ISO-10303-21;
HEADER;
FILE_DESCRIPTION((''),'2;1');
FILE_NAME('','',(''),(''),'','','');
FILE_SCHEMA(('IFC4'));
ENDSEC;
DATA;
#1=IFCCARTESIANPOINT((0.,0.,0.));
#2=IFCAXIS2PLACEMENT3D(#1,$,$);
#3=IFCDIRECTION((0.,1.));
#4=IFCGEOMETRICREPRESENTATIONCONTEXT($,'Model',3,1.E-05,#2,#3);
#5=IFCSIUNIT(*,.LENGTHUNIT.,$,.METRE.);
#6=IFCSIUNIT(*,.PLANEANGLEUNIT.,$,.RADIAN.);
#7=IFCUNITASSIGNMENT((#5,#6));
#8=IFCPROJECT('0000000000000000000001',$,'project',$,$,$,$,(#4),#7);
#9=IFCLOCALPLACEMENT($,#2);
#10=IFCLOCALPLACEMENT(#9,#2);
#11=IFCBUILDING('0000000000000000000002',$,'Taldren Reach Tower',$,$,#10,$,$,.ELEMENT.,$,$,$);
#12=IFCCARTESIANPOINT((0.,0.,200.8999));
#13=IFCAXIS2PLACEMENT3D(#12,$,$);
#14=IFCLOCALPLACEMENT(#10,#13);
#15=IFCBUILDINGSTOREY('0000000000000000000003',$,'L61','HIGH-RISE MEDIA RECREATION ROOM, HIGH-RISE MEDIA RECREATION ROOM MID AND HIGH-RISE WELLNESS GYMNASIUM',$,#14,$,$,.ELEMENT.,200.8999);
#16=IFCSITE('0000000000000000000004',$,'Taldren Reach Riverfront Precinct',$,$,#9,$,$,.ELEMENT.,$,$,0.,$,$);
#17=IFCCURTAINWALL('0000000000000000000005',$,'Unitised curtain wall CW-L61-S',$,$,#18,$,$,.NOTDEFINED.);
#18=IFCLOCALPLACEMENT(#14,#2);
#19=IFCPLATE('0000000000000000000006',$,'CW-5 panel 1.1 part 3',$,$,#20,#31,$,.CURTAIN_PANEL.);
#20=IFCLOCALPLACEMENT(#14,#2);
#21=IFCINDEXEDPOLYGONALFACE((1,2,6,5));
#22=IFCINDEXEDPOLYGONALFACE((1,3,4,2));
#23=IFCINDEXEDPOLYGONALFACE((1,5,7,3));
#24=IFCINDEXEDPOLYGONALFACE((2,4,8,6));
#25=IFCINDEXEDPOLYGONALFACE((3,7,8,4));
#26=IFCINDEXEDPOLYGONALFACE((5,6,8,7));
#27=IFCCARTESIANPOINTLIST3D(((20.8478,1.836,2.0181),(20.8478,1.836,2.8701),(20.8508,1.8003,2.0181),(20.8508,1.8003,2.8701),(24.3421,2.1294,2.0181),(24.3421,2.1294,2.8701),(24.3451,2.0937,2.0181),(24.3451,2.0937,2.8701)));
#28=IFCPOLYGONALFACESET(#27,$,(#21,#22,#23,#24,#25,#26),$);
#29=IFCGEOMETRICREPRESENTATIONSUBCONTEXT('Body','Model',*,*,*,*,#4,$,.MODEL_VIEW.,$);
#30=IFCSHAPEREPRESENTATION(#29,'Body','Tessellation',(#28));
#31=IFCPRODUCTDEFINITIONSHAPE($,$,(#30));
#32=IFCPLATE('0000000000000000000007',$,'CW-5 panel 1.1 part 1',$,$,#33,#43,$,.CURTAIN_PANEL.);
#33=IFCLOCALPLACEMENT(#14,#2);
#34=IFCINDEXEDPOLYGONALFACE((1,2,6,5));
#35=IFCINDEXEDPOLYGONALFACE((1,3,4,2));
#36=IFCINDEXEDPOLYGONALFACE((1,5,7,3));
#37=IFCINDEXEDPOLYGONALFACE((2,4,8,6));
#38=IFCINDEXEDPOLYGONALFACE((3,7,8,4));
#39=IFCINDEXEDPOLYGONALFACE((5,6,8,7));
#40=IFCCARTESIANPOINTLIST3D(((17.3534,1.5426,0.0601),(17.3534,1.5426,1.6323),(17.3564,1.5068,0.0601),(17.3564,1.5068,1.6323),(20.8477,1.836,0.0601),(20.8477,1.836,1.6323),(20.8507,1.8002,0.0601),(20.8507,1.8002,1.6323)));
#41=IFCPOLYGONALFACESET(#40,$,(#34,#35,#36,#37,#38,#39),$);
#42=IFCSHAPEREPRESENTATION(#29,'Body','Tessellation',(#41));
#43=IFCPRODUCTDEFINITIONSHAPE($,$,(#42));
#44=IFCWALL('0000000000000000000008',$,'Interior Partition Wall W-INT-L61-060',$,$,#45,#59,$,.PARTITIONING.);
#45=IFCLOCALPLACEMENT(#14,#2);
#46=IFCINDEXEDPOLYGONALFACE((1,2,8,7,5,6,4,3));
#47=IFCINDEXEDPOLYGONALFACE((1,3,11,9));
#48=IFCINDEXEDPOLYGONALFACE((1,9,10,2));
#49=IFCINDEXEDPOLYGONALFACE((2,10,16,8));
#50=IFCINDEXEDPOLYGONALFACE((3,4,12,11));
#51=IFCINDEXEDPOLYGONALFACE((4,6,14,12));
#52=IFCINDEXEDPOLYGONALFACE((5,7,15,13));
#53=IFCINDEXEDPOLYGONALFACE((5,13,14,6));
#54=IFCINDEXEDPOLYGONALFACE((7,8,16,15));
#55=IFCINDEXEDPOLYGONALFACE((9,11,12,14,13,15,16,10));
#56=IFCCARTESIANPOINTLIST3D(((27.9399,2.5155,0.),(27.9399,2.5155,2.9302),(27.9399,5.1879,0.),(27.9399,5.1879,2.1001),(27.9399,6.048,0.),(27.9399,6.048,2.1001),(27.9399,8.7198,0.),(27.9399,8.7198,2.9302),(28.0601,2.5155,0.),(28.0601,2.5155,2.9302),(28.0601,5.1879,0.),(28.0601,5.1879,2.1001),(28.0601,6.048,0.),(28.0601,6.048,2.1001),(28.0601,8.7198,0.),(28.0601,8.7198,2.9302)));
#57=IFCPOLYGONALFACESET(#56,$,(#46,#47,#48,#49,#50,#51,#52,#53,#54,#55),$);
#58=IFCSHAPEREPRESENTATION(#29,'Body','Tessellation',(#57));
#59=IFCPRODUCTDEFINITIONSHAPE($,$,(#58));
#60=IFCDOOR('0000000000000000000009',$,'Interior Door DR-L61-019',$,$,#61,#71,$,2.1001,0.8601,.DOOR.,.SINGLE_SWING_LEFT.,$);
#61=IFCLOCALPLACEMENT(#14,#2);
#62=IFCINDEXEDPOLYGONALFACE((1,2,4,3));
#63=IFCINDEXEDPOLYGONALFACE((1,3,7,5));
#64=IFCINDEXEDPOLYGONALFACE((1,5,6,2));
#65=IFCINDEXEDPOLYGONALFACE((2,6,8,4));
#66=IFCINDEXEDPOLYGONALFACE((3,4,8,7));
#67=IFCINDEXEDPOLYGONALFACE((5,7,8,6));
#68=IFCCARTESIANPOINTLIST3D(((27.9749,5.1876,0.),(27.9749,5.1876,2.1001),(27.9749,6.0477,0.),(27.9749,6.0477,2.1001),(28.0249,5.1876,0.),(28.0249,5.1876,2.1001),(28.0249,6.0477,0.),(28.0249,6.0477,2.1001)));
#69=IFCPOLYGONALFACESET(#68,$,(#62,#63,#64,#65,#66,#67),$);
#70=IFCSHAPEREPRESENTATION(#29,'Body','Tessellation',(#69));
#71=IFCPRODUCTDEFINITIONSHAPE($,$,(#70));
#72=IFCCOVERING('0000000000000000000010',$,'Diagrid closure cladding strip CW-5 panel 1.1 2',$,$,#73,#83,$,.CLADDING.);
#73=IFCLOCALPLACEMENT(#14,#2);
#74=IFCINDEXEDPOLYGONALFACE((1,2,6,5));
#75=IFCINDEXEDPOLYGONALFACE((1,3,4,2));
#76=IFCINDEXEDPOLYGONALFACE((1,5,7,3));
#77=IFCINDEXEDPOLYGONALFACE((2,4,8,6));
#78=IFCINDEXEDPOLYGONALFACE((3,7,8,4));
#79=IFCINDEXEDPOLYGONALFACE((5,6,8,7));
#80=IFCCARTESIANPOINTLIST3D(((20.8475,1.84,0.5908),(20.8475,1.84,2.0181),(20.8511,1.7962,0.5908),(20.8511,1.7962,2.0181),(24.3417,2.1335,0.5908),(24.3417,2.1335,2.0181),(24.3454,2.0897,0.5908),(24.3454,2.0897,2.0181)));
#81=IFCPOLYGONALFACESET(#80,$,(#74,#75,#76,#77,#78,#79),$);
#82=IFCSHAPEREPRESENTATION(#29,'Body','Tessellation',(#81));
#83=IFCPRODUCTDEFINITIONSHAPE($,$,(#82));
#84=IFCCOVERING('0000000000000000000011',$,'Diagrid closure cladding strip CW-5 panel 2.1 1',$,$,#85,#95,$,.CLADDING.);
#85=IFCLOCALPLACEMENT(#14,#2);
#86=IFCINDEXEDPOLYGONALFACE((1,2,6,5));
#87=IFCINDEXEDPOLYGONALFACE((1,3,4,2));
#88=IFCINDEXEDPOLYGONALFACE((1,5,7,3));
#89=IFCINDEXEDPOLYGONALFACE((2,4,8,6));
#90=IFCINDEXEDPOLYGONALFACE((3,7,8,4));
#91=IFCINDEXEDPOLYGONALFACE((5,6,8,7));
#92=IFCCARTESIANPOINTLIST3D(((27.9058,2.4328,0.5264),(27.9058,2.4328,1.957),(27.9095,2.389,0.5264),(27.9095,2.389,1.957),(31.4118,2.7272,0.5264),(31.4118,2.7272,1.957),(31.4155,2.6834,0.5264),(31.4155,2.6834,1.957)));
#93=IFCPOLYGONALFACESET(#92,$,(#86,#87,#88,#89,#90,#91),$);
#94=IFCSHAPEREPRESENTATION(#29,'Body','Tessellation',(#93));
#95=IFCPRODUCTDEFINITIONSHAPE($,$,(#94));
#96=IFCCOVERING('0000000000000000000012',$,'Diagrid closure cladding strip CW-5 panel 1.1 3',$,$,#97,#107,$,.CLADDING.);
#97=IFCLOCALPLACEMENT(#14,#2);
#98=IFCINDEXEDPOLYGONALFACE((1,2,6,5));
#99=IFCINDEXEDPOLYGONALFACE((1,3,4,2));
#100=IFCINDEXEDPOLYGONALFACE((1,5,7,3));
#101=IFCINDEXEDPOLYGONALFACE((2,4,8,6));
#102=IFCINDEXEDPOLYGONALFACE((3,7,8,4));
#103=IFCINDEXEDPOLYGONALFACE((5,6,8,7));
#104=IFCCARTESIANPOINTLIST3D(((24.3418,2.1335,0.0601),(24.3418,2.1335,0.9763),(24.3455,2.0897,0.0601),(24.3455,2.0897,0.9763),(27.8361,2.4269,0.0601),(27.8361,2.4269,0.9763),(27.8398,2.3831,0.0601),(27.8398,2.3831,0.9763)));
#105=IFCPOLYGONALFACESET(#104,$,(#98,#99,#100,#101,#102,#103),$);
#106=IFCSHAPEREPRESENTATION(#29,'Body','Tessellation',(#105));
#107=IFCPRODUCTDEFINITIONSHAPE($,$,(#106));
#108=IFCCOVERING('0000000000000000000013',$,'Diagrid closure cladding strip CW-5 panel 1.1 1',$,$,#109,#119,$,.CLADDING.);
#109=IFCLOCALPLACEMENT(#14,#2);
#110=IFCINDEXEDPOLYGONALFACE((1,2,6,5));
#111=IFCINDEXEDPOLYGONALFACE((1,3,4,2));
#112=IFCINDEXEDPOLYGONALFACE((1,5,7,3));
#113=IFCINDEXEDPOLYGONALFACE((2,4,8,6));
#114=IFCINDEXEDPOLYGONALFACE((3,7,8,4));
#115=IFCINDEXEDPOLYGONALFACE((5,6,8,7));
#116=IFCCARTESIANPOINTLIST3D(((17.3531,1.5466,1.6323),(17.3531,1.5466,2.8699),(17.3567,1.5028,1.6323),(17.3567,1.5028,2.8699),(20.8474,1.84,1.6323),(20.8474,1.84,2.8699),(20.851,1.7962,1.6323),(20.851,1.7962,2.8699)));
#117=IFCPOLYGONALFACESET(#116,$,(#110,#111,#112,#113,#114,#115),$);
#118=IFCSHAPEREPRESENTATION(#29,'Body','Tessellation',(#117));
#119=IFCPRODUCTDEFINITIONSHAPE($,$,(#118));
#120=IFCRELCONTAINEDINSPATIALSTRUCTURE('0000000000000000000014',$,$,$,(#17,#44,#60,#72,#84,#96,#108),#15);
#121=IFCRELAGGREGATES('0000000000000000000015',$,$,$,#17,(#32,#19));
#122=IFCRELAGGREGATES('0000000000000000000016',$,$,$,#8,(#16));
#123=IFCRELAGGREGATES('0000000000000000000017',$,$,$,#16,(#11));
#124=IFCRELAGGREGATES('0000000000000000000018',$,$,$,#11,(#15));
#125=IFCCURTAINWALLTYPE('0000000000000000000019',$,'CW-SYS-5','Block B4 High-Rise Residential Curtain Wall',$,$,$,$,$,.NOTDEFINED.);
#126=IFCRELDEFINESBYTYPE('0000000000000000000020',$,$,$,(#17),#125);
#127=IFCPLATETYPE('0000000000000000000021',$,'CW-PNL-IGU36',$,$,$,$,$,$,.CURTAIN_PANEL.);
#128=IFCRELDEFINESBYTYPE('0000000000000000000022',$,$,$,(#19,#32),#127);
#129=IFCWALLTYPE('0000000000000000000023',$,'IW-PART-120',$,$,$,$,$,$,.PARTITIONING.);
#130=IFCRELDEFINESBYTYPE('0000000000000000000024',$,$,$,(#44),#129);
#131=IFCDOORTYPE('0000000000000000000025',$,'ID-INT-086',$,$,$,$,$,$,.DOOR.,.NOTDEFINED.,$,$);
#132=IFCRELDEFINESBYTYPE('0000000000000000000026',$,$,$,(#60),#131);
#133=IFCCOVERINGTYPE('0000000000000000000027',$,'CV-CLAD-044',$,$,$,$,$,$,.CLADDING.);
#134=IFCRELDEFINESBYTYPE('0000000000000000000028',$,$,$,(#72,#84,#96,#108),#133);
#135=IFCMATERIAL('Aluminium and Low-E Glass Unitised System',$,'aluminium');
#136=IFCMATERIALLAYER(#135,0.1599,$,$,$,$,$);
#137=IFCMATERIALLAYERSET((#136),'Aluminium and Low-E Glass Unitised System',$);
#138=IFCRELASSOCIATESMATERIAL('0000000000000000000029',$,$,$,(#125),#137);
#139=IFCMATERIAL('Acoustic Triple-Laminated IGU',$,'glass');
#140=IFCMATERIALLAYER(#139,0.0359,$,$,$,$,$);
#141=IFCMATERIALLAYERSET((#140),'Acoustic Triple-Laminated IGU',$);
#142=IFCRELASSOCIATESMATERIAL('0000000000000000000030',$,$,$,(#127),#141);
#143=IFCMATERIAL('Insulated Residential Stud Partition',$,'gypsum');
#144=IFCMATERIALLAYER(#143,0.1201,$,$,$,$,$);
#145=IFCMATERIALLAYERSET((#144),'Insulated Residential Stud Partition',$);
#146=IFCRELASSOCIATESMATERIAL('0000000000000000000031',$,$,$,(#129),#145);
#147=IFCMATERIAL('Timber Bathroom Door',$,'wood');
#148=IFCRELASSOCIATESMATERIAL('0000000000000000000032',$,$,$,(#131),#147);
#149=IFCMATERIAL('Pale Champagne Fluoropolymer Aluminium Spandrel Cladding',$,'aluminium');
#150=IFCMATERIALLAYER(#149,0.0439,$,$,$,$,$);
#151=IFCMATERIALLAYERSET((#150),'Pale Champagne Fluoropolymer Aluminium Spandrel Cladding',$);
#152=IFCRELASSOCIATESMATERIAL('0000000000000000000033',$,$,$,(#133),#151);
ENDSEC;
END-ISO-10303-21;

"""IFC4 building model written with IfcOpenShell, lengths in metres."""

from ifc_helpers import new_model, si_unit, direction, frame, frame_2d, origin, origin_2d, place, context, subcontext, project, spatial, rectangle, extrude, source, transform, mapped, material, layer, layer_set, type_object, element, fill, aggregate, save


model = new_model("IFC4")

# Units and contexts
model_context = context("Model", 3, precision=1e-05, world=origin(), true_north=direction((0.0, 1.0)))
body_context = subcontext(model_context, "Body", "Model", "MODEL_VIEW")
ifc_project = project(units=[si_unit("LENGTHUNIT", "METRE"), si_unit("PLANEANGLEUNIT", "RADIAN")], contexts=[model_context])

# Site, building, storey
site_placement = place(None, origin())
site = spatial("IfcSite", under=ifc_project, at=site_placement, Name="Taldren Reach Riverfront Precinct", CompositionType="ELEMENT", RefElevation=0.0)
building_placement = place(site_placement, origin())
building = spatial("IfcBuilding", under=site, at=building_placement, Name="Taldren Reach Tower", CompositionType="ELEMENT")
storey_placement = place(building_placement, frame((0.0, 0.0, 200.8999)))
storey = spatial("IfcBuildingStorey", under=building, at=storey_placement, Name="L61", Description="HIGH-RISE MEDIA RECREATION ROOM, HIGH-RISE MEDIA RECREATION ROOM MID AND HIGH-RISE WELLNESS GYMNASIUM", CompositionType="ELEMENT", Elevation=200.8999)

# Curtain wall
ifc_material_1 = material(Name="Aluminium and Low-E Glass Unitised System", Category="aluminium")
ifc_layer_1 = layer(ifc_material_1, 0.1599)
ifc_layer_set_1 = layer_set([ifc_layer_1], Name="Aluminium and Low-E Glass Unitised System")
curtain_wall_type = type_object("IfcCurtainWallType", Name="CW-SYS-5", Description="Block B4 High-Rise Residential Curtain Wall", PredefinedType="NOTDEFINED", material=ifc_layer_set_1)
curtain_wall_placement = place(storey_placement, origin())
curtain_wall = element("IfcCurtainWall", 1, at=curtain_wall_placement, inside=storey, type_object=curtain_wall_type, Name="Unitised curtain wall CW-L61-S", PredefinedType="NOTDEFINED")

# Plates
ifc_material_2 = material(Name="Acoustic Triple-Laminated IGU", Category="glass")
ifc_layer_2 = layer(ifc_material_2, 0.0359)
ifc_layer_set_2 = layer_set([ifc_layer_2], Name="Acoustic Triple-Laminated IGU")
plate_type_1 = type_object("IfcPlateType", Name="CW-PNL-IGU36", PredefinedType="CURTAIN_PANEL", material=ifc_layer_set_2)
shared_shape_1 = source(origin(), body_context, "Body", "SweptSolid", [
    extrude(rectangle(XDim=3.5066, YDim=0.0359, at=origin_2d()), origin(), (0.0, 0.0, 1.0), 0.8521),
])
plate_1_placement = place(storey_placement, frame((22.5964, 1.9648, 2.0181), z_axis=(0.0, 0.0, 1.0), x_axis=(0.996493, 0.083678, 0.0)))
plate_1 = element("IfcPlate", 2, at=plate_1_placement, type_object=plate_type_1, Name="CW-5 panel 1.1 part 3", PredefinedType="CURTAIN_PANEL", context=body_context, shape_type="MappedRepresentation", body=[
    mapped(shared_shape_1, transform((0.0, 0.0, 0.0), scale=1.0)),
])
shared_shape_2 = source(origin(), body_context, "Body", "SweptSolid", [
    extrude(rectangle(XDim=3.5066, YDim=0.0359, at=origin_2d()), origin(), (0.0, 0.0, 1.0), 1.5723),
])
plate_2_placement = place(storey_placement, frame((19.1021, 1.6714, 0.0601), z_axis=(0.0, 0.0, 1.0), x_axis=(0.996493, 0.083678, 0.0)))
plate_2 = element("IfcPlate", 3, at=plate_2_placement, type_object=plate_type_1, Name="CW-5 panel 1.1 part 1", PredefinedType="CURTAIN_PANEL", context=body_context, shape_type="MappedRepresentation", body=[
    mapped(shared_shape_2, transform((0.0, 0.0, 0.0), scale=1.0)),
])
aggregate(curtain_wall, [plate_2, plate_1])

# Wall, opening, door
ifc_material_3 = material(Name="Insulated Residential Stud Partition", Category="gypsum")
ifc_layer_3 = layer(ifc_material_3, 0.1201)
ifc_layer_set_3 = layer_set([ifc_layer_3], Name="Insulated Residential Stud Partition")
wall_type = type_object("IfcWallType", Name="IW-PART-120", PredefinedType="PARTITIONING", material=ifc_layer_set_3)
shared_shape_3 = source(origin(), body_context, "Body", "SweptSolid", [
    extrude(rectangle(XDim=6.2043, YDim=0.1201, at=frame_2d((3.1021, 0.0))), origin(), (0.0, 0.0, 1.0), 2.9302),
])
wall_placement = place(storey_placement, frame((28.0, 2.5156, 0.0), z_axis=(0.0, 0.0, 1.0), x_axis=(0.0, 1.0, 0.0)))
wall = element("IfcWall", 4, at=wall_placement, inside=storey, type_object=wall_type, Name="Interior Partition Wall W-INT-L61-060", PredefinedType="PARTITIONING", context=body_context, shape_type="MappedRepresentation", body=[
    mapped(shared_shape_3, transform((0.0, 0.0, 0.0), scale=1.0)),
])
shared_shape_4 = source(origin(), body_context, "Body", "SweptSolid", [
    extrude(rectangle(XDim=0.8601, YDim=2.1001, at=frame_2d((0.4302, 1.05))), frame((0.0, 0.0701, 0.0), z_axis=(0.0, -1.0, 0.0), x_axis=(1.0, 0.0, 0.0)), (0.0, 0.0, 1.0), 0.1401),
])
opening_placement = place(wall_placement, frame((2.6721, 0.0, 0.0)))
opening = element("IfcOpeningElement", 5, at=opening_placement, cuts=wall, PredefinedType="OPENING", context=body_context, shape_type="MappedRepresentation", body=[
    mapped(shared_shape_4, transform((0.0, 0.0, 0.0), scale=1.0)),
])
ifc_material_4 = material(Name="Timber Bathroom Door", Category="wood")
door_type = type_object("IfcDoorType", Name="ID-INT-086", OperationType="NOTDEFINED", PredefinedType="DOOR", material=ifc_material_4)
shared_shape_5 = source(origin(), body_context, "Body", "SweptSolid", [
    extrude(rectangle(XDim=0.8601, YDim=2.1001, at=frame_2d((0.4302, 1.05))), frame((0.0, 0.0249, 0.0), z_axis=(0.0, -1.0, 0.0), x_axis=(1.0, 0.0, 0.0)), (0.0, 0.0, 1.0), 0.05),
])
door_placement = place(opening_placement, frame((0.8601, 0.0, 0.0), z_axis=(0.0, 0.0, 1.0), x_axis=(-1.0, 0.0, 0.0)))
door = element("IfcDoor", 6, at=door_placement, inside=storey, type_object=door_type, Name="Interior Door DR-L61-019", OperationType="SINGLE_SWING_LEFT", OverallHeight=2.1001, OverallWidth=0.8601, PredefinedType="DOOR", context=body_context, shape_type="MappedRepresentation", body=[
    mapped(shared_shape_5, transform((0.0, 0.0, 0.0), scale=1.0)),
])
fill(opening, door)

# Coverings
ifc_material_5 = material(Name="Pale Champagne Fluoropolymer Aluminium Spandrel Cladding", Category="aluminium")
ifc_layer_4 = layer(ifc_material_5, 0.0439)
ifc_layer_set_4 = layer_set([ifc_layer_4], Name="Pale Champagne Fluoropolymer Aluminium Spandrel Cladding")
covering_type = type_object("IfcCoveringType", Name="CV-CLAD-044", PredefinedType="CLADDING", material=ifc_layer_set_4)
shared_shape_6 = source(origin(), body_context, "Body", "SweptSolid", [
    extrude(rectangle(XDim=3.5066, YDim=0.0439, at=origin_2d()), origin(), (0.0, 0.0, 1.0), 1.4272),
])
covering_1_placement = place(storey_placement, frame((22.5964, 1.9648, 0.5908), z_axis=(0.0, 0.0, 1.0), x_axis=(0.996493, 0.083678, 0.0)))
element("IfcCovering", 7, at=covering_1_placement, inside=storey, type_object=covering_type, Name="Diagrid closure cladding strip CW-5 panel 1.1 2", PredefinedType="CLADDING", context=body_context, shape_type="MappedRepresentation", body=[
    mapped(shared_shape_6, transform((0.0, 0.0, 0.0), scale=1.0)),
])
shared_shape_7 = source(origin(), body_context, "Body", "SweptSolid", [
    extrude(rectangle(XDim=3.5183, YDim=0.0439, at=origin_2d()), origin(), (0.0, 0.0, 1.0), 1.4307),
])
covering_2_placement = place(storey_placement, frame((29.6606, 2.5581, 0.5264), z_axis=(0.0, 0.0, 1.0), x_axis=(0.996493, 0.083678, 0.0)))
element("IfcCovering", 8, at=covering_2_placement, inside=storey, type_object=covering_type, Name="Diagrid closure cladding strip CW-5 panel 2.1 1", PredefinedType="CLADDING", context=body_context, shape_type="MappedRepresentation", body=[
    mapped(shared_shape_7, transform((0.0, 0.0, 0.0), scale=1.0)),
])
shared_shape_8 = source(origin(), body_context, "Body", "SweptSolid", [
    extrude(rectangle(XDim=3.5066, YDim=0.0439, at=origin_2d()), origin(), (0.0, 0.0, 1.0), 0.9163),
])
covering_3_placement = place(storey_placement, frame((26.0908, 2.2583, 0.0601), z_axis=(0.0, 0.0, 1.0), x_axis=(0.996493, 0.083678, 0.0)))
element("IfcCovering", 9, at=covering_3_placement, inside=storey, type_object=covering_type, Name="Diagrid closure cladding strip CW-5 panel 1.1 3", PredefinedType="CLADDING", context=body_context, shape_type="MappedRepresentation", body=[
    mapped(shared_shape_8, transform((0.0, 0.0, 0.0), scale=1.0)),
])
shared_shape_9 = source(origin(), body_context, "Body", "SweptSolid", [
    extrude(rectangle(XDim=3.5066, YDim=0.0439, at=origin_2d()), origin(), (0.0, 0.0, 1.0), 1.2375),
])
covering_4_placement = place(storey_placement, frame((19.1021, 1.6714, 1.6323), z_axis=(0.0, 0.0, 1.0), x_axis=(0.996493, 0.083678, 0.0)))
element("IfcCovering", 10, at=covering_4_placement, inside=storey, type_object=covering_type, Name="Diagrid closure cladding strip CW-5 panel 1.1 1", PredefinedType="CLADDING", context=body_context, shape_type="MappedRepresentation", body=[
    mapped(shared_shape_9, transform((0.0, 0.0, 0.0), scale=1.0)),
])

save(model, "model.ifc")
